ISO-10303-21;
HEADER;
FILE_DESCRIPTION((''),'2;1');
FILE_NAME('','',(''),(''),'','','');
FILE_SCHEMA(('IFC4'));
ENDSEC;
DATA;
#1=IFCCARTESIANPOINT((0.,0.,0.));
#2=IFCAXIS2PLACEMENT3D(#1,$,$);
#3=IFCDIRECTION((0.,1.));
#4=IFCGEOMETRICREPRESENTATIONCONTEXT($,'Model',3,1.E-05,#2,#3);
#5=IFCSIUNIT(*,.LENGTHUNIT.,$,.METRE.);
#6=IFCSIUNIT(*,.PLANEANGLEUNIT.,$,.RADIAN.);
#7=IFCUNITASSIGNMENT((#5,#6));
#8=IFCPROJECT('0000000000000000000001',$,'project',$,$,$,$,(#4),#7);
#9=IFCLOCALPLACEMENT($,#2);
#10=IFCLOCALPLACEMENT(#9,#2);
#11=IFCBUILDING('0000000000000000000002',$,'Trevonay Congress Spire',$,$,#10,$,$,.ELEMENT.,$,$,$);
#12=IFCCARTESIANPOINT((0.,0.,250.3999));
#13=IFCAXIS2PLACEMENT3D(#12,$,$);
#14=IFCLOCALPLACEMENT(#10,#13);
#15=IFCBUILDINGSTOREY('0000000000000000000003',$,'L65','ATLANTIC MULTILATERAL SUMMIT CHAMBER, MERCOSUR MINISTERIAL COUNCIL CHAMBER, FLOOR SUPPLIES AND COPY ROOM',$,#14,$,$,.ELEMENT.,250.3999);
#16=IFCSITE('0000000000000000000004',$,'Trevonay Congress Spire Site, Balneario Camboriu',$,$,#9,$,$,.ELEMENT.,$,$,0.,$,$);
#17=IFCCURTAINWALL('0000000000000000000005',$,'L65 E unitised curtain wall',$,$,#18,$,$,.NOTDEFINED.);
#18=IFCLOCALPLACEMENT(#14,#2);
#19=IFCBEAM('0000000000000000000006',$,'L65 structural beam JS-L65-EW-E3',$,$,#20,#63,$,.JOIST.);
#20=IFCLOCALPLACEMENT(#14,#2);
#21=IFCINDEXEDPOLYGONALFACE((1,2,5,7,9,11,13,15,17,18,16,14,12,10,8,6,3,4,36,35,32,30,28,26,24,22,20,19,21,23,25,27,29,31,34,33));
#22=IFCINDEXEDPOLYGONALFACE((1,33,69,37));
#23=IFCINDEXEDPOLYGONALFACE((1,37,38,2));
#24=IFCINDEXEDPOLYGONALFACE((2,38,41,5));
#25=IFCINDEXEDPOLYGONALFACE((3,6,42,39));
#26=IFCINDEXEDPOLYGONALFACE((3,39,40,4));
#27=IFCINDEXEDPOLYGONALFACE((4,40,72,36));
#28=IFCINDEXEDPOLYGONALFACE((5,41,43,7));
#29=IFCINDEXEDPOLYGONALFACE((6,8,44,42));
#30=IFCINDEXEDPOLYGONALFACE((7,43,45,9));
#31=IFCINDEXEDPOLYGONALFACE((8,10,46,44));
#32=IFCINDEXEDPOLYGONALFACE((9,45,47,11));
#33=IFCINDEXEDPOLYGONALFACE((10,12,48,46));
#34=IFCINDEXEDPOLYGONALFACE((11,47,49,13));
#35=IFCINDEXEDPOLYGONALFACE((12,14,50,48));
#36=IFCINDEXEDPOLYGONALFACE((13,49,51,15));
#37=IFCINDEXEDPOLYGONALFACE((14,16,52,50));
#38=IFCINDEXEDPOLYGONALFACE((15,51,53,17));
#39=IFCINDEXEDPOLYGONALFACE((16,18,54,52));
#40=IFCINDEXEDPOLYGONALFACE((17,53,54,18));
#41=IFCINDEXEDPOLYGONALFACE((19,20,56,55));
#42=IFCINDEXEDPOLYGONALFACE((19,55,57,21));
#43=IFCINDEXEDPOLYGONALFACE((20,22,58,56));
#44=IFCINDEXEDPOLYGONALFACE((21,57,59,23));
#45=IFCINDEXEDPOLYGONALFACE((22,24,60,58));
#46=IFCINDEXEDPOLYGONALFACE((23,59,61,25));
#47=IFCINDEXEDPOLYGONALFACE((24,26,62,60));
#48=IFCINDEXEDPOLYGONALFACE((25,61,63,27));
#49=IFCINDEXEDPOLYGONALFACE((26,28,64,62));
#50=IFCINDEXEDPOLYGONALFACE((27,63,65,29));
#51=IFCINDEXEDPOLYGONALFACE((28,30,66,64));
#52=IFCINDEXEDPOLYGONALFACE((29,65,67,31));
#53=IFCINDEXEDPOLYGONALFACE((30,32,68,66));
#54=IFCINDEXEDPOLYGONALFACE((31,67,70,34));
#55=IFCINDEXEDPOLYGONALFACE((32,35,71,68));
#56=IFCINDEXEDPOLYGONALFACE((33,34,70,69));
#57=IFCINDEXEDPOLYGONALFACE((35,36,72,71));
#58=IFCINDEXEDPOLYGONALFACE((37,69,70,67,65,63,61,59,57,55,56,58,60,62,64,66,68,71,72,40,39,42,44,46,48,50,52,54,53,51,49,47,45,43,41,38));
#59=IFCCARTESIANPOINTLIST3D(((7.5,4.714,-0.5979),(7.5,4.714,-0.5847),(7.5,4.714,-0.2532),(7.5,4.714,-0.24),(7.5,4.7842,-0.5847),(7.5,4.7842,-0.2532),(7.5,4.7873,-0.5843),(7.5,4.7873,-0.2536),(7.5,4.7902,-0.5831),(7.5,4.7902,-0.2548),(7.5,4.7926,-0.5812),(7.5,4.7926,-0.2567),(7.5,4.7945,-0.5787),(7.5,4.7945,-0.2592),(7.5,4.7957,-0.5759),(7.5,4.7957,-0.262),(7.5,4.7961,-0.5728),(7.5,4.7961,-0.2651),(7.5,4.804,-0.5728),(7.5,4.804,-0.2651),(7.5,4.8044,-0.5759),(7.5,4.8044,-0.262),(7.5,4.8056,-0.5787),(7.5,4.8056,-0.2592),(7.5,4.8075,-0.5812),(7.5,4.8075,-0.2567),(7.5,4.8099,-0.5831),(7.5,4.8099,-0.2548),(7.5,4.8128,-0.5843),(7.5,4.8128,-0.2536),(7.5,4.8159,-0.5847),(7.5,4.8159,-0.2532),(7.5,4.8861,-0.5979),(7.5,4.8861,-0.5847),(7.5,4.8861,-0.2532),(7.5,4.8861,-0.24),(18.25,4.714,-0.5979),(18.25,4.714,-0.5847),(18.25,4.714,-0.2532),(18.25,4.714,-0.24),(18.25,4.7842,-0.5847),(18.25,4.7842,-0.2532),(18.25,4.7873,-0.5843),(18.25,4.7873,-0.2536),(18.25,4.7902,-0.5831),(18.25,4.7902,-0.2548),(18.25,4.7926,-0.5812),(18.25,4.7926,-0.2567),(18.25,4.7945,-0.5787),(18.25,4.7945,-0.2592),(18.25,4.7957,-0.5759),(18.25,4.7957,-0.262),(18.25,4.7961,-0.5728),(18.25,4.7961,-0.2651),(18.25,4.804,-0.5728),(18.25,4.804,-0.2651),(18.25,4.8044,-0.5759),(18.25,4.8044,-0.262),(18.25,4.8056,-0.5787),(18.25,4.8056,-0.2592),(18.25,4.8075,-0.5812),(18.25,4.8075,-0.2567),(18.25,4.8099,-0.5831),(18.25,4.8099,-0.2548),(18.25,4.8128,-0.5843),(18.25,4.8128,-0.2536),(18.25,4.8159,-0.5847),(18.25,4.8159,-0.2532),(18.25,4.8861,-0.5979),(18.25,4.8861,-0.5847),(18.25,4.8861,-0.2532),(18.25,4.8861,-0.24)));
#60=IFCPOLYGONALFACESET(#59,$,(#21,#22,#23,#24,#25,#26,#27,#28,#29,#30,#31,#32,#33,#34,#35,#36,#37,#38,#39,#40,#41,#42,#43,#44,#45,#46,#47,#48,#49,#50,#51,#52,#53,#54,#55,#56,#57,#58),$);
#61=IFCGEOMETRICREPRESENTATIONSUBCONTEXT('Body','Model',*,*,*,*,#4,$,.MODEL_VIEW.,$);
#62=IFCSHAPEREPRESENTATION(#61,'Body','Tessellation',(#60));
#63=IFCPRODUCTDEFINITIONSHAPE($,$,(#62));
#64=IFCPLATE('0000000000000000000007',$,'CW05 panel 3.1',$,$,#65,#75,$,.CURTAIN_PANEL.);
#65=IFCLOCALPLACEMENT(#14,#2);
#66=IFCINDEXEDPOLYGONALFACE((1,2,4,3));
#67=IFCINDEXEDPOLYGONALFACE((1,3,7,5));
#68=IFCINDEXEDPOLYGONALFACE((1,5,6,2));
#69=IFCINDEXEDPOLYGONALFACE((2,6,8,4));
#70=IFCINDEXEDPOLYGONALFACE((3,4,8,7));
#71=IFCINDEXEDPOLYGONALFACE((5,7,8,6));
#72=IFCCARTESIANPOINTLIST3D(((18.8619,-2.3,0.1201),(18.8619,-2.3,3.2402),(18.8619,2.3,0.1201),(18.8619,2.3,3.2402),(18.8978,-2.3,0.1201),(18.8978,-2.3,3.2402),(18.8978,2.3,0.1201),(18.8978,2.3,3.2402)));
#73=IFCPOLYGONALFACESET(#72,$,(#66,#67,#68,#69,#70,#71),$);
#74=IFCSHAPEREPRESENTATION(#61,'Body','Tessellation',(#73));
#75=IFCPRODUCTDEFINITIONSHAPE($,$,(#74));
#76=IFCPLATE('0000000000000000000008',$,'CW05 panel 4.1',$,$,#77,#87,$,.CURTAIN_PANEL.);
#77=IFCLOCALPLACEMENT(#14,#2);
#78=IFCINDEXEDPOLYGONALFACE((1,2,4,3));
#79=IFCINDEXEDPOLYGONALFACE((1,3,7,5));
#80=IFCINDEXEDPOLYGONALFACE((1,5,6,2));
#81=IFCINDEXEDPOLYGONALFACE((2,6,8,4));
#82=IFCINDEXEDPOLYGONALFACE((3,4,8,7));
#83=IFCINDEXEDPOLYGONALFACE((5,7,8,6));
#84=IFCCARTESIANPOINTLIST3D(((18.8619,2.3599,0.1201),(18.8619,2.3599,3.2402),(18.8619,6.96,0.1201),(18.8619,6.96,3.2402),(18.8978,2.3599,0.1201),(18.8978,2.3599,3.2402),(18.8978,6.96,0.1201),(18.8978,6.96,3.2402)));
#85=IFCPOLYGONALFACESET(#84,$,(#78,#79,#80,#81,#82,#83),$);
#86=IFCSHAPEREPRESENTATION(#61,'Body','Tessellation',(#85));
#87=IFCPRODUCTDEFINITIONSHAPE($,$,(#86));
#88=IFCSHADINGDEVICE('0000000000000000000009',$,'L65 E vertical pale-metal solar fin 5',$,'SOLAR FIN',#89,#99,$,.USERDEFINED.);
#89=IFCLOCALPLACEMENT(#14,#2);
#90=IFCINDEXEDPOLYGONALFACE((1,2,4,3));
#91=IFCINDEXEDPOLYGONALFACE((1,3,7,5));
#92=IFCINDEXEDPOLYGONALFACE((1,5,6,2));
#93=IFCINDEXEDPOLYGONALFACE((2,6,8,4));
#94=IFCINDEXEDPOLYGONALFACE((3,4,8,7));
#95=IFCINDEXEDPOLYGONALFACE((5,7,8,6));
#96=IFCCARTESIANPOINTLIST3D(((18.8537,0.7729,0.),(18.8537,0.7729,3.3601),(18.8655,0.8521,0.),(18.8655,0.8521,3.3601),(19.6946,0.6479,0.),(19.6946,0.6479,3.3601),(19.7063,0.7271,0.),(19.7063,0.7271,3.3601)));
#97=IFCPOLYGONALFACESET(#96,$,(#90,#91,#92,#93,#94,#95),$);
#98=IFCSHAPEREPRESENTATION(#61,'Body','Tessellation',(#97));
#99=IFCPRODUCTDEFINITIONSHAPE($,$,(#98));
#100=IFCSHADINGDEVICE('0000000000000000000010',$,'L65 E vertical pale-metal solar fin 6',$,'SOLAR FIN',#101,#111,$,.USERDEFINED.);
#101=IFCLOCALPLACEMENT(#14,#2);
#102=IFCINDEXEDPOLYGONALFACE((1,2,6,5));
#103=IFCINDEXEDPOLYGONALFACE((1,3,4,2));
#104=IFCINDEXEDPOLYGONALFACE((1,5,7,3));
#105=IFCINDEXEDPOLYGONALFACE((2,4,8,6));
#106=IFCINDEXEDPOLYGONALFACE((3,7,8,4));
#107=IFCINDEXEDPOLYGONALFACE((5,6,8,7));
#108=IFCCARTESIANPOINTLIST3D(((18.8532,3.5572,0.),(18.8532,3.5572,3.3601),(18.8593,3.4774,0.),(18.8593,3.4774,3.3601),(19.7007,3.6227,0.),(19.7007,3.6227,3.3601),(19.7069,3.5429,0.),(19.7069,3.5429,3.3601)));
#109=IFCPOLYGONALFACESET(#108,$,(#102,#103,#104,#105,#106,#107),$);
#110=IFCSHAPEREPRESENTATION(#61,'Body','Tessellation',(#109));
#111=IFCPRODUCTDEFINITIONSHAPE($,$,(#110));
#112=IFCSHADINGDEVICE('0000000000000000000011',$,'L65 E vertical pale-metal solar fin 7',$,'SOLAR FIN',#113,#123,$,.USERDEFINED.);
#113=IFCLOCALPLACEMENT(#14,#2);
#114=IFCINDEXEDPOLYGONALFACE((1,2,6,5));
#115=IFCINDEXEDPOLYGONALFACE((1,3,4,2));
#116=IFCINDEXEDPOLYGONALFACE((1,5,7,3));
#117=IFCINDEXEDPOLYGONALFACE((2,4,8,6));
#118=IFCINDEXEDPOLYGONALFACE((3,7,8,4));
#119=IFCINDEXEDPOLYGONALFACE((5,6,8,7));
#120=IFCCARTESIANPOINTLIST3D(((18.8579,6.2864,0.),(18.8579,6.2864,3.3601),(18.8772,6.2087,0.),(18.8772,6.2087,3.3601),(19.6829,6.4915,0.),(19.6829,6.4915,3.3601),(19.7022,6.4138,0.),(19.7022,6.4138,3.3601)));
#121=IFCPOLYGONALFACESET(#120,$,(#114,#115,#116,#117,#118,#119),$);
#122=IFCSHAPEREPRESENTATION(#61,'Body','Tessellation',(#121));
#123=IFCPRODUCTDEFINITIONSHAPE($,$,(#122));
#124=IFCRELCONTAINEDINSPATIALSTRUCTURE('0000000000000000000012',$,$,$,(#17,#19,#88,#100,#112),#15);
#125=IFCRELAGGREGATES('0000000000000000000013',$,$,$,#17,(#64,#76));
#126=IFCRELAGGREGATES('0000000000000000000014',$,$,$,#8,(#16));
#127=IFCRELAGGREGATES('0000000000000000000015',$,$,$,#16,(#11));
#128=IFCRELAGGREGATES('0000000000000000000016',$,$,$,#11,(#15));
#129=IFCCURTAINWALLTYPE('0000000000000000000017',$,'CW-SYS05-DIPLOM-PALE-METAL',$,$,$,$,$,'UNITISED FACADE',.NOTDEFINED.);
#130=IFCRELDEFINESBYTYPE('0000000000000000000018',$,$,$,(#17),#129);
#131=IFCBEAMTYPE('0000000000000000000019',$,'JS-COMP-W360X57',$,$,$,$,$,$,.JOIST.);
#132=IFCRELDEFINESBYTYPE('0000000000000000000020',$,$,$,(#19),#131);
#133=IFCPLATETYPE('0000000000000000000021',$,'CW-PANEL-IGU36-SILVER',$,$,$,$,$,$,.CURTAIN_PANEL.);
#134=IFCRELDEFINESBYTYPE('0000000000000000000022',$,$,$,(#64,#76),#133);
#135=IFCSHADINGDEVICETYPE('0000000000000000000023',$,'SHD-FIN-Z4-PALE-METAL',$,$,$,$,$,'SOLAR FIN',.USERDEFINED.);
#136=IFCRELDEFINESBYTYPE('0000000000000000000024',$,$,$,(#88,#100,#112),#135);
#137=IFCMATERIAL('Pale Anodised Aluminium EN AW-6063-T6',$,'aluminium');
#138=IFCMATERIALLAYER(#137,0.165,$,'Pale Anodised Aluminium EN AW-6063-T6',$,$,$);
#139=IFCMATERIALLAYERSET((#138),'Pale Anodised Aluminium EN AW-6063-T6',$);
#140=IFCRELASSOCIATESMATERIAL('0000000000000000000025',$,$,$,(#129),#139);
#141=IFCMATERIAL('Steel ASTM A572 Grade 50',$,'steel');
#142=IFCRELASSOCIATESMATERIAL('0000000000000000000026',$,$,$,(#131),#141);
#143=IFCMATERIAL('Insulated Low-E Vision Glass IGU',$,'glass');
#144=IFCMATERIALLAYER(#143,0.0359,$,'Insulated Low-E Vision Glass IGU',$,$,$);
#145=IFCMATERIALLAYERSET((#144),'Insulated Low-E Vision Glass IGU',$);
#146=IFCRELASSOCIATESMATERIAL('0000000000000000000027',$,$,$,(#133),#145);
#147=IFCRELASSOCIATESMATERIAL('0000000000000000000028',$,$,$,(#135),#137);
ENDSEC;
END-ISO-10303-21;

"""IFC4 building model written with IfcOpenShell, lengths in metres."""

from ifc_helpers import new_model, si_unit, direction, frame, origin, origin_2d, place, context, subcontext, project, spatial, rectangle, i_section, extrude, material, layer, layer_set, material_profile, profile_set, type_object, element, aggregate, save


model = new_model("IFC4")

# Units and contexts
model_context = context("Model", 3, precision=1e-05, world=origin(), true_north=direction((0.0, 1.0)))
body_context = subcontext(model_context, "Body", "Model", "MODEL_VIEW")
ifc_project = project(units=[si_unit("LENGTHUNIT", "METRE"), si_unit("PLANEANGLEUNIT", "RADIAN")], contexts=[model_context])

# Site, building, storey
site_placement = place(None, origin())
site = spatial("IfcSite", under=ifc_project, at=site_placement, Name="Trevonay Congress Spire Site, Balneario Camboriu", CompositionType="ELEMENT", RefElevation=0.0)
building_placement = place(site_placement, origin())
building = spatial("IfcBuilding", under=site, at=building_placement, Name="Trevonay Congress Spire", CompositionType="ELEMENT")
storey_placement = place(building_placement, frame((0.0, 0.0, 250.3999)))
storey = spatial("IfcBuildingStorey", under=building, at=storey_placement, Name="L65", Description="ATLANTIC MULTILATERAL SUMMIT CHAMBER, MERCOSUR MINISTERIAL COUNCIL CHAMBER, FLOOR SUPPLIES AND COPY ROOM", CompositionType="ELEMENT", Elevation=250.3999)

# Shared definitions
ifc_material_1 = material(Name="Steel ASTM A572 Grade 50", Category="steel")

# Curtain wall
ifc_material_2 = material(Name="Pale Anodised Aluminium EN AW-6063-T6", Category="aluminium")
ifc_layer_1 = layer(ifc_material_2, 0.165, Name="Pale Anodised Aluminium EN AW-6063-T6")
ifc_layer_set_1 = layer_set([ifc_layer_1], Name="Pale Anodised Aluminium EN AW-6063-T6")
curtain_wall_type = type_object("IfcCurtainWallType", Name="CW-SYS05-DIPLOM-PALE-METAL", ElementType="UNITISED FACADE", PredefinedType="NOTDEFINED", material=ifc_layer_set_1)
curtain_wall_placement = place(storey_placement, origin())
curtain_wall = element("IfcCurtainWall", 1, at=curtain_wall_placement, inside=storey, type_object=curtain_wall_type, Name="L65 E unitised curtain wall", PredefinedType="NOTDEFINED")

# Beam
ifc_material_profile_1 = material_profile(ifc_material_1, i_section(OverallWidth=0.1721, OverallDepth=0.3579, WebThickness=0.0078, FlangeThickness=0.0132, FilletRadius=0.012, at=origin_2d()), Name="W360x57.8")
ifc_profile_set_1 = profile_set([ifc_material_profile_1], Name="Steel ASTM A572 Grade 50")
beam_type_1 = type_object("IfcBeamType", Name="JS-COMP-W360X57", PredefinedType="JOIST", material=ifc_profile_set_1)
beam_1_placement = place(storey_placement, frame((7.5, 4.8, -0.4189), z_axis=(1.0, 0.0, 0.0), x_axis=(0.0, 1.0, 0.0)))
element("IfcBeam", 2, at=beam_1_placement, inside=storey, type_object=beam_type_1, Name="L65 structural beam JS-L65-EW-E3", PredefinedType="JOIST", context=body_context, shape_type="SweptSolid", body=[
    extrude(i_section(OverallWidth=0.1721, OverallDepth=0.3579, WebThickness=0.0078, FlangeThickness=0.0132, FilletRadius=0.012, at=origin_2d()), origin(), (0.0, 0.0, 1.0), 10.75),
])

# Plates
ifc_material_3 = material(Name="Insulated Low-E Vision Glass IGU", Category="glass")
ifc_layer_2 = layer(ifc_material_3, 0.0359, Name="Insulated Low-E Vision Glass IGU")
ifc_layer_set_2 = layer_set([ifc_layer_2], Name="Insulated Low-E Vision Glass IGU")
plate_type = type_object("IfcPlateType", Name="CW-PANEL-IGU36-SILVER", PredefinedType="CURTAIN_PANEL", material=ifc_layer_set_2)
plate_1_placement = place(storey_placement, frame((18.8799, 0.0, 0.1201), z_axis=(0.0, 0.0, 1.0), x_axis=(0.0, 1.0, 0.0)))
plate_1 = element("IfcPlate", 3, at=plate_1_placement, type_object=plate_type, Name="CW05 panel 3.1", PredefinedType="CURTAIN_PANEL", context=body_context, shape_type="SweptSolid", body=[
    extrude(rectangle(XDim=4.6001, YDim=0.0359, at=origin_2d()), origin(), (0.0, 0.0, 1.0), 3.1201),
])
plate_2_placement = place(storey_placement, frame((18.8799, 4.6599, 0.1201), z_axis=(0.0, 0.0, 1.0), x_axis=(0.0, 1.0, 0.0)))
plate_2 = element("IfcPlate", 4, at=plate_2_placement, type_object=plate_type, Name="CW05 panel 4.1", PredefinedType="CURTAIN_PANEL", context=body_context, shape_type="SweptSolid", body=[
    extrude(rectangle(XDim=4.6001, YDim=0.0359, at=origin_2d()), origin(), (0.0, 0.0, 1.0), 3.1201),
])
aggregate(curtain_wall, [plate_1, plate_2])

# Shading devices
shading_device_type = type_object("IfcShadingDeviceType", Name="SHD-FIN-Z4-PALE-METAL", ElementType="SOLAR FIN", PredefinedType="USERDEFINED", material=ifc_material_2)
for number, where, z_axis, x_axis, name in (
    (5, (19.28, 0.75, 0.0), (0.0, 0.0, 1.0), (0.146946, 0.989144, 0.0), "L65 E vertical pale-metal solar fin 5"),
    (6, (19.28, 3.55, 0.0), (0.0, 0.0, 1.0), (-0.077067, 0.997026, 0.0), "L65 E vertical pale-metal solar fin 6"),
    (7, (19.28, 6.3501, 0.0), (0.0, 0.0, 1.0), (-0.241244, 0.970464, 0.0), "L65 E vertical pale-metal solar fin 7"),
):
    element("IfcShadingDevice", number, at=place(storey_placement, frame(where, z_axis=z_axis, x_axis=x_axis)), inside=storey, type_object=shading_device_type, Name=name, ObjectType="SOLAR FIN", PredefinedType="USERDEFINED", context=body_context, shape_type="SweptSolid", body=[
        extrude(rectangle(XDim=0.0801, YDim=0.8501, at=origin_2d()), origin(), (0.0, 0.0, 1.0), 3.3601),
    ])

save(model, "model.ifc")
